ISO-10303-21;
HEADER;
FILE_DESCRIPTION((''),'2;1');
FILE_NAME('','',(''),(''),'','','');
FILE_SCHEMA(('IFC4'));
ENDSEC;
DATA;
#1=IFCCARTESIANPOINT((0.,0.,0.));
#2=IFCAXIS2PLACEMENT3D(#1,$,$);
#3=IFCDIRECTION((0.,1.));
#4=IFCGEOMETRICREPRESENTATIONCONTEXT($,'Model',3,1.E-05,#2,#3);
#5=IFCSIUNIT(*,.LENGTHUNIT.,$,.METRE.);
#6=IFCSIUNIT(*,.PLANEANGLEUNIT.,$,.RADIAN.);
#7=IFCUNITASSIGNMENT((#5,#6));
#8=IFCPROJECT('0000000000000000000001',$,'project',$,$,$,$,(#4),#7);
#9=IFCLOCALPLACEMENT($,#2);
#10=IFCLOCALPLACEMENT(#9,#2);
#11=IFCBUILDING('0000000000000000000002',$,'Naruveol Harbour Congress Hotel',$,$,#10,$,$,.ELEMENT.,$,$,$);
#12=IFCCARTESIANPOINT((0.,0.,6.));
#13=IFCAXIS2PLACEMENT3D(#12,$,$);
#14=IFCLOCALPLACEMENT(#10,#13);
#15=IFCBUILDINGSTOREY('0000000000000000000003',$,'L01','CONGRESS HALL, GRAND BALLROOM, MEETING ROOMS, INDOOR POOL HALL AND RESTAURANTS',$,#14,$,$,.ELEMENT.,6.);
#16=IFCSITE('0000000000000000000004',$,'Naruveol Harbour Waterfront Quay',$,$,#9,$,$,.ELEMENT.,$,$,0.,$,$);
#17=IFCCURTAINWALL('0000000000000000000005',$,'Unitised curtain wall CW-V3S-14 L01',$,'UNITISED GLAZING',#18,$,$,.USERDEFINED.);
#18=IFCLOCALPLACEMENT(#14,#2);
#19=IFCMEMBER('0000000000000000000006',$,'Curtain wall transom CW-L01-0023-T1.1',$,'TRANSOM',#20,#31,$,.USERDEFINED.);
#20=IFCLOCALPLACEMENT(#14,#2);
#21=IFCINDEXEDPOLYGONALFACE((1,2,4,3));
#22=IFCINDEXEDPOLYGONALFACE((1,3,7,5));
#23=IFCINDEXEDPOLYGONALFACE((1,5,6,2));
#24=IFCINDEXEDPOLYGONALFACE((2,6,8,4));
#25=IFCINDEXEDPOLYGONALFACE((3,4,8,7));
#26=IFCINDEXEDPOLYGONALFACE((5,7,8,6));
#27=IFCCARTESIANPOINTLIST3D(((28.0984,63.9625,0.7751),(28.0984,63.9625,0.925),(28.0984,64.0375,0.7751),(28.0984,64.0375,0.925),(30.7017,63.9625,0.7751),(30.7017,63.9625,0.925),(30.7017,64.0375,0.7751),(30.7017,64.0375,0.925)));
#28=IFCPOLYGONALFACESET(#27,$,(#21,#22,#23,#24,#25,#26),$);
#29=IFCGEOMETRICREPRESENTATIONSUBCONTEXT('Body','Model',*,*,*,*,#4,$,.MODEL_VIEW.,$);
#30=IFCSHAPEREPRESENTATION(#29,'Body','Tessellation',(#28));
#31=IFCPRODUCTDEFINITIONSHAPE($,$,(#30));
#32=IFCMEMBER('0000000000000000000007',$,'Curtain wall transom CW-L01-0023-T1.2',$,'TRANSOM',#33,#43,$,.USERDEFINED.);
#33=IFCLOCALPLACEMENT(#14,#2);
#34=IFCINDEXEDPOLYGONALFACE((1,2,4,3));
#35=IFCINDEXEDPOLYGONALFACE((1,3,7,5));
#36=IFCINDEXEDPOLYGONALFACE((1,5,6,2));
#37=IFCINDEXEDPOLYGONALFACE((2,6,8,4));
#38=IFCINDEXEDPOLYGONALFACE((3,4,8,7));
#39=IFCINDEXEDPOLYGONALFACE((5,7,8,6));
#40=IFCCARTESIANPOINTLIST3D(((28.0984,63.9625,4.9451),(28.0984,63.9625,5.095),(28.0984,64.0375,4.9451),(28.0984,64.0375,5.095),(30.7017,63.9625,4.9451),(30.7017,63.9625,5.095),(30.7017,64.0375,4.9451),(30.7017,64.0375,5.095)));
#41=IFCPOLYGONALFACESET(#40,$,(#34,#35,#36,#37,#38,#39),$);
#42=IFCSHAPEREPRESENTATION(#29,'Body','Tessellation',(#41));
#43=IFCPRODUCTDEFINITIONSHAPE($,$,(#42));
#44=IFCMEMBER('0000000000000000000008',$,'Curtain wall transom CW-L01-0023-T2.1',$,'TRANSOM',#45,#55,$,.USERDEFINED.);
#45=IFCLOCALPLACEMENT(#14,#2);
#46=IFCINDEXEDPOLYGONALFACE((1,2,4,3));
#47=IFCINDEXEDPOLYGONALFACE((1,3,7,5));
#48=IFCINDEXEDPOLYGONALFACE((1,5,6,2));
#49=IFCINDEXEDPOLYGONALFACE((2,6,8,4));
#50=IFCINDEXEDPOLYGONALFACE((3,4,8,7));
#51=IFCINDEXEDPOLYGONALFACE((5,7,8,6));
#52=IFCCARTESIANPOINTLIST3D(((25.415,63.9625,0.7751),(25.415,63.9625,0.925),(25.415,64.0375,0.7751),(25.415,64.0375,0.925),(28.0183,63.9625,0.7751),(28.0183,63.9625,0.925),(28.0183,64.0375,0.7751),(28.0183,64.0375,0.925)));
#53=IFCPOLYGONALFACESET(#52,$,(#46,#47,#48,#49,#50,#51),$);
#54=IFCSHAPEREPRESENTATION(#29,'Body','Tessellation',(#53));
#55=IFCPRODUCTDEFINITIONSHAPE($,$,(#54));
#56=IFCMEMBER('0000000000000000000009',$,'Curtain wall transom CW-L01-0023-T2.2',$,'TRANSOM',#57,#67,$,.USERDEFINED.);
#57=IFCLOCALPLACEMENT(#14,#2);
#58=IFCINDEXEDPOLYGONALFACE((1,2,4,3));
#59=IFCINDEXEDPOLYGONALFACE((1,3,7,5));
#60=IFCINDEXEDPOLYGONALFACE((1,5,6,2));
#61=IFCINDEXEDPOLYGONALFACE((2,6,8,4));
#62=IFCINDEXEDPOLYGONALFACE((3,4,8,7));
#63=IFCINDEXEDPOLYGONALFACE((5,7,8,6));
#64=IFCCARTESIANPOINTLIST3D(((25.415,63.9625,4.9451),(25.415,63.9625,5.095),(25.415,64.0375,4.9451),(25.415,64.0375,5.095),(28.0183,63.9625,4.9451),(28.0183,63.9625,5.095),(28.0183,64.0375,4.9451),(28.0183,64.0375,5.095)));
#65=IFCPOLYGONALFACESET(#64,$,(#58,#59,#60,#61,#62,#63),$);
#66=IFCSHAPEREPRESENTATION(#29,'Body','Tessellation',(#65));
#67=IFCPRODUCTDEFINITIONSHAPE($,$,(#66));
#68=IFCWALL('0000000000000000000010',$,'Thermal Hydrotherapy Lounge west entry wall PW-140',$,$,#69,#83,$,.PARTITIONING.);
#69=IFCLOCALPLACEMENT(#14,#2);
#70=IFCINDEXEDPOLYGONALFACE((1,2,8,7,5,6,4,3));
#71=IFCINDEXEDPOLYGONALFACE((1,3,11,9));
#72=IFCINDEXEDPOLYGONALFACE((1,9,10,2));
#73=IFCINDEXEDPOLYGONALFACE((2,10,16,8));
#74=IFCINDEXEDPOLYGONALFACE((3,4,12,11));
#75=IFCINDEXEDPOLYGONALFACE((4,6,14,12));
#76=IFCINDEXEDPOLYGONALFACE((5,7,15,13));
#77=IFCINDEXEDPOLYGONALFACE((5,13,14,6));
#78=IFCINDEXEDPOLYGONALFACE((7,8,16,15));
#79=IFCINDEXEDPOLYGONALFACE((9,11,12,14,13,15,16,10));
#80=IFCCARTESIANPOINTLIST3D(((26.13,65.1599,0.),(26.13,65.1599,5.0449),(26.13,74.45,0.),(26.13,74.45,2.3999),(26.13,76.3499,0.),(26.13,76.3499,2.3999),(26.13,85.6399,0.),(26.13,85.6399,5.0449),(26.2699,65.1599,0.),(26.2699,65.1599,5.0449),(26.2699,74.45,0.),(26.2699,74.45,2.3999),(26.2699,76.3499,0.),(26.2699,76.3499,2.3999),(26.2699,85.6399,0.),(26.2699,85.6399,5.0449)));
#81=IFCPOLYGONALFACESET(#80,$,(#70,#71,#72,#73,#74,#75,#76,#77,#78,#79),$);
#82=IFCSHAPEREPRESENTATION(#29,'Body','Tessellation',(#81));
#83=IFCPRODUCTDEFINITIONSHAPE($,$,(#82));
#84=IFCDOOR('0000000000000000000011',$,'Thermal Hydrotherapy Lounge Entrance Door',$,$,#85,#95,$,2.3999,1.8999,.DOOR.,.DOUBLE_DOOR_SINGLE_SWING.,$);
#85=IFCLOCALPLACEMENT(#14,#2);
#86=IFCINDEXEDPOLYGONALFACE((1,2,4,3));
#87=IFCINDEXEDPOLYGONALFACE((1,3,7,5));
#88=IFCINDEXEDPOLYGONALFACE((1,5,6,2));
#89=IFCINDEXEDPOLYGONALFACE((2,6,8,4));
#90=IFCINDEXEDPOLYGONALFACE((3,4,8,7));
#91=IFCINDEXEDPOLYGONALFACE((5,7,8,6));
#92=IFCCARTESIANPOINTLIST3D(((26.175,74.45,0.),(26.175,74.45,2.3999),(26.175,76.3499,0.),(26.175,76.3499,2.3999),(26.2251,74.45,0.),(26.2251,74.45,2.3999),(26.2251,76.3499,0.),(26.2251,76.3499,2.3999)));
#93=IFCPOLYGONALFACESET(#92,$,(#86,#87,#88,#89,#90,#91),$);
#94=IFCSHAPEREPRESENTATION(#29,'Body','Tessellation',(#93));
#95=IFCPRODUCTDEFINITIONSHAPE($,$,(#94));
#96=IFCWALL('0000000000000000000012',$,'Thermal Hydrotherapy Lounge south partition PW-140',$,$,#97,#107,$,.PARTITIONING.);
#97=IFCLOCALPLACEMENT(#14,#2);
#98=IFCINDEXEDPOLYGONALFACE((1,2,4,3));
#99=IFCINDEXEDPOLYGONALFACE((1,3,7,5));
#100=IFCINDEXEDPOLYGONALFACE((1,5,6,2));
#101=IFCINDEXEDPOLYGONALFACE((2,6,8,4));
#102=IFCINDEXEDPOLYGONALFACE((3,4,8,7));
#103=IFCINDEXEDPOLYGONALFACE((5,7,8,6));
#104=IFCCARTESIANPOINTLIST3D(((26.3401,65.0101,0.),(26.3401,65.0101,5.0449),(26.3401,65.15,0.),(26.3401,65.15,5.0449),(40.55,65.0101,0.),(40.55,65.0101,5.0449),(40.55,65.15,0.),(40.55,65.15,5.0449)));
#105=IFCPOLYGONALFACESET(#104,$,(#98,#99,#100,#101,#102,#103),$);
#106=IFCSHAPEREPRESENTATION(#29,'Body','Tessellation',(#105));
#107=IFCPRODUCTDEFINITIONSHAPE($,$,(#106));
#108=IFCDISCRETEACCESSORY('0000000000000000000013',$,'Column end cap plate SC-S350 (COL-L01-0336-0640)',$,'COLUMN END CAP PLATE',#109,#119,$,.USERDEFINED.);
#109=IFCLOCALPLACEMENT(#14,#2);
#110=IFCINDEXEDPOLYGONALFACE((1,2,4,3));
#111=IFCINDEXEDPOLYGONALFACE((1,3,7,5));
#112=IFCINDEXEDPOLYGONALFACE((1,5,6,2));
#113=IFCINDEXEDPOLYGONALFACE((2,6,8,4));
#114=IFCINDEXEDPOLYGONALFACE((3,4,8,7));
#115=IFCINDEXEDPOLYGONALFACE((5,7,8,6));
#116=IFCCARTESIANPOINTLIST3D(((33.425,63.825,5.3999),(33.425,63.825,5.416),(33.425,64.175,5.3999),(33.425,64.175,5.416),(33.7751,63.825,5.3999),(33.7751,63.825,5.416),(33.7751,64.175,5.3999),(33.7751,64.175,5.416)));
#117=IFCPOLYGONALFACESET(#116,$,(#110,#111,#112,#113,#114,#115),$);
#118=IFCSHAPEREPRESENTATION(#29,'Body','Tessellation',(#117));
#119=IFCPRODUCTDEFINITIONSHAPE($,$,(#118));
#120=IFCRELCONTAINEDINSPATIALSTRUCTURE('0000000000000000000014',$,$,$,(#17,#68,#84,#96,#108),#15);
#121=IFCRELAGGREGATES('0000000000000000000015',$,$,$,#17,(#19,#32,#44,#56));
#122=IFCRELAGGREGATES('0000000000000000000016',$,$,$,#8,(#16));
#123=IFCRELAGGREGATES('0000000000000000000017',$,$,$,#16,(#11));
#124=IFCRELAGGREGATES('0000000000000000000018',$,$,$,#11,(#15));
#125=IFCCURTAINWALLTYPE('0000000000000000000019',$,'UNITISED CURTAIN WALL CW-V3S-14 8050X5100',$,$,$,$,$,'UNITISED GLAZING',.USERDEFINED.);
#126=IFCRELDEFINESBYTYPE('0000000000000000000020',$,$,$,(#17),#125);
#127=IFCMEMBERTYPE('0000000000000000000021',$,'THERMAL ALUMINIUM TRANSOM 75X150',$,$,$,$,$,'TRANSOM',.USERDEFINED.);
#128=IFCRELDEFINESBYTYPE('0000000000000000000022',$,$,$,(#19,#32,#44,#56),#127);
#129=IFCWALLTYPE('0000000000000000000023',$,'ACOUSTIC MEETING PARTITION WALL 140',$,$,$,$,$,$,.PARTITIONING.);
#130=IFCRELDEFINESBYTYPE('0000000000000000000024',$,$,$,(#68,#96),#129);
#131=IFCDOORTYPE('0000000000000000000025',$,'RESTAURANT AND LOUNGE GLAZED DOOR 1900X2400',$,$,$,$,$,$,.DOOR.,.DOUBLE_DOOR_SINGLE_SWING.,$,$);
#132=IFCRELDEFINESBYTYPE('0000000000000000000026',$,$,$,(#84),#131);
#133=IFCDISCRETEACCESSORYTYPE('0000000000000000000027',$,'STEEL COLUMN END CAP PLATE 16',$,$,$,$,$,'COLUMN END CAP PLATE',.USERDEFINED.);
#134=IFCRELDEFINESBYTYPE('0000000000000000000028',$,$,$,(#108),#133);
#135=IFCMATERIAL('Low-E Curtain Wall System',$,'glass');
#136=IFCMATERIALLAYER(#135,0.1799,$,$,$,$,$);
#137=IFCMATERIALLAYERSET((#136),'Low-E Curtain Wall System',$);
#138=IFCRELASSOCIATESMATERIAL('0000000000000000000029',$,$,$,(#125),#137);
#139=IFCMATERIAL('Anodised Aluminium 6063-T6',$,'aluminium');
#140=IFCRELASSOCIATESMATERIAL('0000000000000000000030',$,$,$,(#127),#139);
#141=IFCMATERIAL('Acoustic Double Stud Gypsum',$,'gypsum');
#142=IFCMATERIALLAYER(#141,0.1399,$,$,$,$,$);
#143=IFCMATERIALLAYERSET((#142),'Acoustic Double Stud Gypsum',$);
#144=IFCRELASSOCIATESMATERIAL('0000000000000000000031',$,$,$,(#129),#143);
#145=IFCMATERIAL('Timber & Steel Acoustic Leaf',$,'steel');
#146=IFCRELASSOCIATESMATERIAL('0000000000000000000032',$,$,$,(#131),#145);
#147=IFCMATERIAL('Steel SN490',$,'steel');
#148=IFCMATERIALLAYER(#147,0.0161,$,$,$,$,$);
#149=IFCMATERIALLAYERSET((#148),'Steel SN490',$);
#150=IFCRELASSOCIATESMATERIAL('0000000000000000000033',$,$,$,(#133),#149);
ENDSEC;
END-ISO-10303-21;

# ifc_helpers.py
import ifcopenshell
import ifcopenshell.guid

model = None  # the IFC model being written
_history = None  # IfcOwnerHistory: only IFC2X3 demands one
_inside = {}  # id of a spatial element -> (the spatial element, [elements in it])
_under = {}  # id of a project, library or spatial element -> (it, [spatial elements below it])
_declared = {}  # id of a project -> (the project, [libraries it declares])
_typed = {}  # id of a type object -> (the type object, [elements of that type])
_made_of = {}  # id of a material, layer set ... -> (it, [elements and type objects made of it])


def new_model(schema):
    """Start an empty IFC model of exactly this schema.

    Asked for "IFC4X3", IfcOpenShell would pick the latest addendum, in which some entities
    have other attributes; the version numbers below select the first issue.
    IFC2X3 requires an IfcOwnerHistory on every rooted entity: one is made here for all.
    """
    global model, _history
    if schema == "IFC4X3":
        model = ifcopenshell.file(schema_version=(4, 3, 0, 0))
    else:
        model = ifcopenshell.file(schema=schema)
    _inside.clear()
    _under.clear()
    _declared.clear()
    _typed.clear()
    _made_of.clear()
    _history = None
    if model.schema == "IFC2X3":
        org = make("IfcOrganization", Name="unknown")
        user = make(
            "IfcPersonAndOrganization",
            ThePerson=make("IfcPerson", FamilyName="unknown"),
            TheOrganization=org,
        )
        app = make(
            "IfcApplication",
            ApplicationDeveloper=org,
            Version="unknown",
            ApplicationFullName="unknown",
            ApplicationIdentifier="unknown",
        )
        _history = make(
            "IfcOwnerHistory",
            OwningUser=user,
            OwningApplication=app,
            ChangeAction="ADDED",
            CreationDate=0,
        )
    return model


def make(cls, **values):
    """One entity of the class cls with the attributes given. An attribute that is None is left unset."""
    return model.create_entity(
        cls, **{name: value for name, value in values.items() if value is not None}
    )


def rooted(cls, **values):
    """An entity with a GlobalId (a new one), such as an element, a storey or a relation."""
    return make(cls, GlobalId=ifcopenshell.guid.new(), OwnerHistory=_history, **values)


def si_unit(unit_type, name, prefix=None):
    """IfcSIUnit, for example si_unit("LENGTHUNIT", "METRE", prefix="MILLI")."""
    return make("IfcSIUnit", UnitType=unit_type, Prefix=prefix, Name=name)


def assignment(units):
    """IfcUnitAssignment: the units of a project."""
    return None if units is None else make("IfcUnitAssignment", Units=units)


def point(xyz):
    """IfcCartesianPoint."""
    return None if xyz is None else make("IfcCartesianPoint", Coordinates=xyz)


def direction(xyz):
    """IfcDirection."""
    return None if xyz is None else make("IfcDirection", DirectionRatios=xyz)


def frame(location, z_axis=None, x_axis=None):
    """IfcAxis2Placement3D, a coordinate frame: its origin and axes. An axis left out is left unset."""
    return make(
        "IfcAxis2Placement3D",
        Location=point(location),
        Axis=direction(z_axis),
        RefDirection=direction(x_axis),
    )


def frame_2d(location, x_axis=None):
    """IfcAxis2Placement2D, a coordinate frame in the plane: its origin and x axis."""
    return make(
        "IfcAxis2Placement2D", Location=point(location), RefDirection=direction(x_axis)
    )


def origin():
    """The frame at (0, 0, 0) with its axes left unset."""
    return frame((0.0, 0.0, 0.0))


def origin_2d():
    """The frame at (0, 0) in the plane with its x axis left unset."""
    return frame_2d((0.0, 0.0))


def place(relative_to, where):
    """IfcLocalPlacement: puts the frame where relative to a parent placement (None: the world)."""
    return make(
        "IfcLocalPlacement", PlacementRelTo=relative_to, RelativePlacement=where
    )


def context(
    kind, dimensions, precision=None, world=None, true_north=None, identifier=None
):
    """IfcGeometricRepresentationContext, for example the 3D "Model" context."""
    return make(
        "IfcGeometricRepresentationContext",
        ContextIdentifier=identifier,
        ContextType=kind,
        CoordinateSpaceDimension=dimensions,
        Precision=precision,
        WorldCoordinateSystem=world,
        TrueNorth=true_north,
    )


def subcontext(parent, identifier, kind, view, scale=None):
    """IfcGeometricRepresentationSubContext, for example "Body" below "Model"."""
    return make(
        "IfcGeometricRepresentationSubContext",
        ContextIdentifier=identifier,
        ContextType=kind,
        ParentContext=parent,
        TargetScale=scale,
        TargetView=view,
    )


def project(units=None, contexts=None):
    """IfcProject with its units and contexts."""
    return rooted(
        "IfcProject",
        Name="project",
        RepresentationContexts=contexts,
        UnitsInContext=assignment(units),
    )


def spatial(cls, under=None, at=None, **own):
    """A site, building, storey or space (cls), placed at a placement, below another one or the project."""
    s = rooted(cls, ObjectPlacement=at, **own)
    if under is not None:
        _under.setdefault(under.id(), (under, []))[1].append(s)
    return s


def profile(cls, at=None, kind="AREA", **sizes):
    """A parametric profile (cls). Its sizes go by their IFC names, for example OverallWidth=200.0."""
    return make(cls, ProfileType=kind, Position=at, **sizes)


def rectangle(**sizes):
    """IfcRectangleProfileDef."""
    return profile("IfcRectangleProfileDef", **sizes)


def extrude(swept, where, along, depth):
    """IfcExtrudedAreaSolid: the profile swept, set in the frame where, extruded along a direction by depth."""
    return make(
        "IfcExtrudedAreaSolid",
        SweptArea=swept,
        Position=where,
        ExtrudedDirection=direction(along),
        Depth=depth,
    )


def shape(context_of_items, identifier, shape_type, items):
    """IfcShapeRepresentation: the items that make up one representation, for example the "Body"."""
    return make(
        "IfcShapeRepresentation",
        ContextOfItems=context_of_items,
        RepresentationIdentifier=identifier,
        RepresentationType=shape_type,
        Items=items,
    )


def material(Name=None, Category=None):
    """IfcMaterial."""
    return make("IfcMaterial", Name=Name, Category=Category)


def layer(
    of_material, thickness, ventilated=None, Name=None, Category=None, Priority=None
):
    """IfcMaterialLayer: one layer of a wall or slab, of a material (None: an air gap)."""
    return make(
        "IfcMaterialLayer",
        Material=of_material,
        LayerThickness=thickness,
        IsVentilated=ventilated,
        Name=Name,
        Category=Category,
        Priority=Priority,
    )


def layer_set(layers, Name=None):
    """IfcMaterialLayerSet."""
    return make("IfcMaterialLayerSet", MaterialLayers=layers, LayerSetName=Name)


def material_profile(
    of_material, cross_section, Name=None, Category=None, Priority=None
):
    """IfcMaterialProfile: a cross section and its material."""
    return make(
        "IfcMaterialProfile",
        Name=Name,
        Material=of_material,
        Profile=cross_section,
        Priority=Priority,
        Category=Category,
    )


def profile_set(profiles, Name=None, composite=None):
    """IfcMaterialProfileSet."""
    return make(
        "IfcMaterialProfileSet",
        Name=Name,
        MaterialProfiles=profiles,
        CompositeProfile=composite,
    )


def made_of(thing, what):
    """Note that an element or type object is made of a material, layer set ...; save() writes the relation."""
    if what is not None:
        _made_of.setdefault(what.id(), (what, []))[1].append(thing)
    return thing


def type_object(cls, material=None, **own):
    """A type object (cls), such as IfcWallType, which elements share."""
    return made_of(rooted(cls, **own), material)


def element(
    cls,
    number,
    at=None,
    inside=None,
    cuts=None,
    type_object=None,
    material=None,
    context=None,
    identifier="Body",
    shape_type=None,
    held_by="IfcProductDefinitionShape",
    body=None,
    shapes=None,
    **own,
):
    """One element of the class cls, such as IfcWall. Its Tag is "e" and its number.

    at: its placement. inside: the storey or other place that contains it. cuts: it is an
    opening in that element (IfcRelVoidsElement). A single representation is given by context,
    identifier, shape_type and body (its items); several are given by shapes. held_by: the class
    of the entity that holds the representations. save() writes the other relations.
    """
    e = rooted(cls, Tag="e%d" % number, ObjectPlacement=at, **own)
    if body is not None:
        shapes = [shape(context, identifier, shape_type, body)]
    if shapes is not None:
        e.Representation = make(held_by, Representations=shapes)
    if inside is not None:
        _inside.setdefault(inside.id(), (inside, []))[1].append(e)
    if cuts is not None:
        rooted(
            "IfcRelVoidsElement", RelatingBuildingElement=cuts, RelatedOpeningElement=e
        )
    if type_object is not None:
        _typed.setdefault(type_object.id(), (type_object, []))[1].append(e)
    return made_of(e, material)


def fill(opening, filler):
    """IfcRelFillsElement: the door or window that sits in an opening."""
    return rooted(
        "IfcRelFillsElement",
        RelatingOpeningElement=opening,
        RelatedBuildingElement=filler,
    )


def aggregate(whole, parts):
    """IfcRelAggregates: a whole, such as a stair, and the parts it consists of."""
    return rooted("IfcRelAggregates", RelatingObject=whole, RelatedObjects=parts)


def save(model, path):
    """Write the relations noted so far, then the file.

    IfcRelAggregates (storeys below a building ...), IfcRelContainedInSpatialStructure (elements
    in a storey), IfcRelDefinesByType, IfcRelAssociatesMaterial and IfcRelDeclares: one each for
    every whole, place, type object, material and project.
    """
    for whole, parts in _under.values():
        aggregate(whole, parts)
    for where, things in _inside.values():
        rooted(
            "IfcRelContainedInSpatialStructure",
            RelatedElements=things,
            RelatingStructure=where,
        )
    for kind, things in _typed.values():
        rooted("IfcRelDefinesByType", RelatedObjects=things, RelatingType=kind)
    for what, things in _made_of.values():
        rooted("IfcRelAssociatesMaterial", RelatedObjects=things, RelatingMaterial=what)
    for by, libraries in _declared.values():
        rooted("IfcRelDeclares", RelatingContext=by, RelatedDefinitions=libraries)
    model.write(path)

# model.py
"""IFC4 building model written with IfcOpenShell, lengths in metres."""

from ifc_helpers import new_model, si_unit, direction, frame, frame_2d, origin, origin_2d, place, context, subcontext, project, spatial, rectangle, extrude, material, layer, layer_set, material_profile, profile_set, type_object, element, fill, aggregate, save


model = new_model("IFC4")

# Units and contexts
model_context = context("Model", 3, precision=1e-05, world=origin(), true_north=direction((0.0, 1.0)))
body_context = subcontext(model_context, "Body", "Model", "MODEL_VIEW")
ifc_project = project(units=[si_unit("LENGTHUNIT", "METRE"), si_unit("PLANEANGLEUNIT", "RADIAN")], contexts=[model_context])

# Site, building, storey
site_placement = place(None, origin())
site = spatial("IfcSite", under=ifc_project, at=site_placement, Name="Naruveol Harbour Waterfront Quay", CompositionType="ELEMENT", RefElevation=0.0)
building_placement = place(site_placement, origin())
building = spatial("IfcBuilding", under=site, at=building_placement, Name="Naruveol Harbour Congress Hotel", CompositionType="ELEMENT")
storey_placement = place(building_placement, frame((0.0, 0.0, 6.0)))
storey = spatial("IfcBuildingStorey", under=building, at=storey_placement, Name="L01", Description="CONGRESS HALL, GRAND BALLROOM, MEETING ROOMS, INDOOR POOL HALL AND RESTAURANTS", CompositionType="ELEMENT", Elevation=6.0)

# Curtain wall
ifc_material_1 = material(Name="Low-E Curtain Wall System", Category="glass")
ifc_layer_1 = layer(ifc_material_1, 0.1799)
ifc_layer_set_1 = layer_set([ifc_layer_1], Name="Low-E Curtain Wall System")
curtain_wall_type = type_object("IfcCurtainWallType", Name="UNITISED CURTAIN WALL CW-V3S-14 8050X5100", ElementType="UNITISED GLAZING", PredefinedType="USERDEFINED", material=ifc_layer_set_1)
curtain_wall_1_placement = place(storey_placement, origin())
curtain_wall_1 = element("IfcCurtainWall", 1, at=curtain_wall_1_placement, inside=storey, type_object=curtain_wall_type, Name="Unitised curtain wall CW-V3S-14 L01", ObjectType="UNITISED GLAZING", PredefinedType="USERDEFINED")

# Members
ifc_material_2 = material(Name="Anodised Aluminium 6063-T6", Category="aluminium")
ifc_material_profile_1 = material_profile(ifc_material_2, rectangle(XDim=0.075, YDim=0.1499, at=origin_2d()), Name="ALU-75x150")
ifc_profile_set_1 = profile_set([ifc_material_profile_1], Name="Anodised Aluminium 6063-T6")
member_type_1 = type_object("IfcMemberType", Name="THERMAL ALUMINIUM TRANSOM 75X150", ElementType="TRANSOM", PredefinedType="USERDEFINED", material=ifc_profile_set_1)
member_1_placement = place(storey_placement, frame((30.7017, 64.0, 0.8501), z_axis=(-1.0, 0.0, 0.0), x_axis=(0.0, -1.0, 0.0)))
member_1 = element("IfcMember", 2, at=member_1_placement, type_object=member_type_1, Name="Curtain wall transom CW-L01-0023-T1.1", ObjectType="TRANSOM", PredefinedType="USERDEFINED", context=body_context, shape_type="SweptSolid", body=[
    extrude(rectangle(XDim=0.075, YDim=0.1499, at=origin_2d()), origin(), (0.0, 0.0, 1.0), 2.6033),
])
member_2_placement = place(storey_placement, frame((30.7017, 64.0, 5.02), z_axis=(-1.0, 0.0, 0.0), x_axis=(0.0, -1.0, 0.0)))
member_2 = element("IfcMember", 3, at=member_2_placement, type_object=member_type_1, Name="Curtain wall transom CW-L01-0023-T1.2", ObjectType="TRANSOM", PredefinedType="USERDEFINED", context=body_context, shape_type="SweptSolid", body=[
    extrude(rectangle(XDim=0.075, YDim=0.1499, at=origin_2d()), origin(), (0.0, 0.0, 1.0), 2.6033),
])
member_3_placement = place(storey_placement, frame((28.0183, 64.0, 0.8501), z_axis=(-1.0, 0.0, 0.0), x_axis=(0.0, -1.0, 0.0)))
member_3 = element("IfcMember", 4, at=member_3_placement, type_object=member_type_1, Name="Curtain wall transom CW-L01-0023-T2.1", ObjectType="TRANSOM", PredefinedType="USERDEFINED", context=body_context, shape_type="SweptSolid", body=[
    extrude(rectangle(XDim=0.075, YDim=0.1499, at=origin_2d()), origin(), (0.0, 0.0, 1.0), 2.6033),
])
member_4_placement = place(storey_placement, frame((28.0183, 64.0, 5.02), z_axis=(-1.0, 0.0, 0.0), x_axis=(0.0, -1.0, 0.0)))
member_4 = element("IfcMember", 5, at=member_4_placement, type_object=member_type_1, Name="Curtain wall transom CW-L01-0023-T2.2", ObjectType="TRANSOM", PredefinedType="USERDEFINED", context=body_context, shape_type="SweptSolid", body=[
    extrude(rectangle(XDim=0.075, YDim=0.1499, at=origin_2d()), origin(), (0.0, 0.0, 1.0), 2.6033),
])
aggregate(curtain_wall_1, [member_1, member_2, member_3, member_4])

# Wall, opening, door
ifc_material_3 = material(Name="Acoustic Double Stud Gypsum", Category="gypsum")
ifc_layer_2 = layer(ifc_material_3, 0.1399)
ifc_layer_set_2 = layer_set([ifc_layer_2], Name="Acoustic Double Stud Gypsum")
wall_type = type_object("IfcWallType", Name="ACOUSTIC MEETING PARTITION WALL 140", PredefinedType="PARTITIONING", material=ifc_layer_set_2)
wall_1_placement = place(storey_placement, frame((26.2, 65.1599, 0.0), z_axis=(0.0, 0.0, 1.0), x_axis=(0.0, 1.0, 0.0)))
wall_1 = element("IfcWall", 6, at=wall_1_placement, inside=storey, type_object=wall_type, Name="Thermal Hydrotherapy Lounge west entry wall PW-140", PredefinedType="PARTITIONING", context=body_context, shape_type="SweptSolid", body=[
    extrude(rectangle(XDim=20.48, YDim=0.1399, at=frame_2d((10.24, 0.0))), origin(), (0.0, 0.0, 1.0), 5.0449),
])
opening_placement = place(wall_1_placement, frame((9.29, 0.0, 0.0)))
opening = element("IfcOpeningElement", 7, at=opening_placement, cuts=wall_1, PredefinedType="OPENING", context=body_context, shape_type="SweptSolid", body=[
    extrude(rectangle(XDim=1.8999, YDim=2.3999, at=frame_2d((0.95, 1.2))), frame((0.0, 0.0798, 0.0), z_axis=(0.0, -1.0, 0.0), x_axis=(1.0, 0.0, 0.0)), (0.0, 0.0, 1.0), 0.1599),
])
ifc_material_4 = material(Name="Timber & Steel Acoustic Leaf", Category="steel")
door_type = type_object("IfcDoorType", Name="RESTAURANT AND LOUNGE GLAZED DOOR 1900X2400", OperationType="DOUBLE_DOOR_SINGLE_SWING", PredefinedType="DOOR", material=ifc_material_4)
door_placement = place(opening_placement, origin())
door = element("IfcDoor", 8, at=door_placement, inside=storey, type_object=door_type, Name="Thermal Hydrotherapy Lounge Entrance Door", OperationType="DOUBLE_DOOR_SINGLE_SWING", OverallHeight=2.3999, OverallWidth=1.8999, PredefinedType="DOOR", context=body_context, shape_type="SweptSolid", body=[
    extrude(rectangle(XDim=1.8999, YDim=2.3999, at=frame_2d((0.95, 1.2))), frame((0.0, 0.0249, 0.0), z_axis=(0.0, -1.0, 0.0), x_axis=(1.0, 0.0, 0.0)), (0.0, 0.0, 1.0), 0.05),
])
fill(opening, door)

# Wall
wall_2_placement = place(storey_placement, frame((26.3401, 65.0801, 0.0), z_axis=(0.0, 0.0, 1.0), x_axis=(1.0, 0.0, 0.0)))
element("IfcWall", 9, at=wall_2_placement, inside=storey, type_object=wall_type, Name="Thermal Hydrotherapy Lounge south partition PW-140", PredefinedType="PARTITIONING", context=body_context, shape_type="SweptSolid", body=[
    extrude(rectangle(XDim=14.21, YDim=0.1399, at=frame_2d((7.105, 0.0))), origin(), (0.0, 0.0, 1.0), 5.0449),
])

# Discrete accessory
ifc_material_5 = material(Name="Steel SN490", Category="steel")
ifc_layer_3 = layer(ifc_material_5, 0.0161)
ifc_layer_set_3 = layer_set([ifc_layer_3], Name="Steel SN490")
discrete_accessory_type = type_object("IfcDiscreteAccessoryType", Name="STEEL COLUMN END CAP PLATE 16", ElementType="COLUMN END CAP PLATE", PredefinedType="USERDEFINED", material=ifc_layer_set_3)
discrete_accessory_placement = place(storey_placement, frame((33.6001, 64.0, 5.3999), z_axis=(0.0, 0.0, 1.0), x_axis=(1.0, 0.0, 0.0)))
element("IfcDiscreteAccessory", 10, at=discrete_accessory_placement, inside=storey, type_object=discrete_accessory_type, Name="Column end cap plate SC-S350 (COL-L01-0336-0640)", ObjectType="COLUMN END CAP PLATE", PredefinedType="USERDEFINED", context=body_context, shape_type="SweptSolid", body=[
    extrude(rectangle(XDim=0.3501, YDim=0.3501, at=origin_2d()), origin(), (0.0, 0.0, 1.0), 0.0161),
])

save(model, "model.ifc")
